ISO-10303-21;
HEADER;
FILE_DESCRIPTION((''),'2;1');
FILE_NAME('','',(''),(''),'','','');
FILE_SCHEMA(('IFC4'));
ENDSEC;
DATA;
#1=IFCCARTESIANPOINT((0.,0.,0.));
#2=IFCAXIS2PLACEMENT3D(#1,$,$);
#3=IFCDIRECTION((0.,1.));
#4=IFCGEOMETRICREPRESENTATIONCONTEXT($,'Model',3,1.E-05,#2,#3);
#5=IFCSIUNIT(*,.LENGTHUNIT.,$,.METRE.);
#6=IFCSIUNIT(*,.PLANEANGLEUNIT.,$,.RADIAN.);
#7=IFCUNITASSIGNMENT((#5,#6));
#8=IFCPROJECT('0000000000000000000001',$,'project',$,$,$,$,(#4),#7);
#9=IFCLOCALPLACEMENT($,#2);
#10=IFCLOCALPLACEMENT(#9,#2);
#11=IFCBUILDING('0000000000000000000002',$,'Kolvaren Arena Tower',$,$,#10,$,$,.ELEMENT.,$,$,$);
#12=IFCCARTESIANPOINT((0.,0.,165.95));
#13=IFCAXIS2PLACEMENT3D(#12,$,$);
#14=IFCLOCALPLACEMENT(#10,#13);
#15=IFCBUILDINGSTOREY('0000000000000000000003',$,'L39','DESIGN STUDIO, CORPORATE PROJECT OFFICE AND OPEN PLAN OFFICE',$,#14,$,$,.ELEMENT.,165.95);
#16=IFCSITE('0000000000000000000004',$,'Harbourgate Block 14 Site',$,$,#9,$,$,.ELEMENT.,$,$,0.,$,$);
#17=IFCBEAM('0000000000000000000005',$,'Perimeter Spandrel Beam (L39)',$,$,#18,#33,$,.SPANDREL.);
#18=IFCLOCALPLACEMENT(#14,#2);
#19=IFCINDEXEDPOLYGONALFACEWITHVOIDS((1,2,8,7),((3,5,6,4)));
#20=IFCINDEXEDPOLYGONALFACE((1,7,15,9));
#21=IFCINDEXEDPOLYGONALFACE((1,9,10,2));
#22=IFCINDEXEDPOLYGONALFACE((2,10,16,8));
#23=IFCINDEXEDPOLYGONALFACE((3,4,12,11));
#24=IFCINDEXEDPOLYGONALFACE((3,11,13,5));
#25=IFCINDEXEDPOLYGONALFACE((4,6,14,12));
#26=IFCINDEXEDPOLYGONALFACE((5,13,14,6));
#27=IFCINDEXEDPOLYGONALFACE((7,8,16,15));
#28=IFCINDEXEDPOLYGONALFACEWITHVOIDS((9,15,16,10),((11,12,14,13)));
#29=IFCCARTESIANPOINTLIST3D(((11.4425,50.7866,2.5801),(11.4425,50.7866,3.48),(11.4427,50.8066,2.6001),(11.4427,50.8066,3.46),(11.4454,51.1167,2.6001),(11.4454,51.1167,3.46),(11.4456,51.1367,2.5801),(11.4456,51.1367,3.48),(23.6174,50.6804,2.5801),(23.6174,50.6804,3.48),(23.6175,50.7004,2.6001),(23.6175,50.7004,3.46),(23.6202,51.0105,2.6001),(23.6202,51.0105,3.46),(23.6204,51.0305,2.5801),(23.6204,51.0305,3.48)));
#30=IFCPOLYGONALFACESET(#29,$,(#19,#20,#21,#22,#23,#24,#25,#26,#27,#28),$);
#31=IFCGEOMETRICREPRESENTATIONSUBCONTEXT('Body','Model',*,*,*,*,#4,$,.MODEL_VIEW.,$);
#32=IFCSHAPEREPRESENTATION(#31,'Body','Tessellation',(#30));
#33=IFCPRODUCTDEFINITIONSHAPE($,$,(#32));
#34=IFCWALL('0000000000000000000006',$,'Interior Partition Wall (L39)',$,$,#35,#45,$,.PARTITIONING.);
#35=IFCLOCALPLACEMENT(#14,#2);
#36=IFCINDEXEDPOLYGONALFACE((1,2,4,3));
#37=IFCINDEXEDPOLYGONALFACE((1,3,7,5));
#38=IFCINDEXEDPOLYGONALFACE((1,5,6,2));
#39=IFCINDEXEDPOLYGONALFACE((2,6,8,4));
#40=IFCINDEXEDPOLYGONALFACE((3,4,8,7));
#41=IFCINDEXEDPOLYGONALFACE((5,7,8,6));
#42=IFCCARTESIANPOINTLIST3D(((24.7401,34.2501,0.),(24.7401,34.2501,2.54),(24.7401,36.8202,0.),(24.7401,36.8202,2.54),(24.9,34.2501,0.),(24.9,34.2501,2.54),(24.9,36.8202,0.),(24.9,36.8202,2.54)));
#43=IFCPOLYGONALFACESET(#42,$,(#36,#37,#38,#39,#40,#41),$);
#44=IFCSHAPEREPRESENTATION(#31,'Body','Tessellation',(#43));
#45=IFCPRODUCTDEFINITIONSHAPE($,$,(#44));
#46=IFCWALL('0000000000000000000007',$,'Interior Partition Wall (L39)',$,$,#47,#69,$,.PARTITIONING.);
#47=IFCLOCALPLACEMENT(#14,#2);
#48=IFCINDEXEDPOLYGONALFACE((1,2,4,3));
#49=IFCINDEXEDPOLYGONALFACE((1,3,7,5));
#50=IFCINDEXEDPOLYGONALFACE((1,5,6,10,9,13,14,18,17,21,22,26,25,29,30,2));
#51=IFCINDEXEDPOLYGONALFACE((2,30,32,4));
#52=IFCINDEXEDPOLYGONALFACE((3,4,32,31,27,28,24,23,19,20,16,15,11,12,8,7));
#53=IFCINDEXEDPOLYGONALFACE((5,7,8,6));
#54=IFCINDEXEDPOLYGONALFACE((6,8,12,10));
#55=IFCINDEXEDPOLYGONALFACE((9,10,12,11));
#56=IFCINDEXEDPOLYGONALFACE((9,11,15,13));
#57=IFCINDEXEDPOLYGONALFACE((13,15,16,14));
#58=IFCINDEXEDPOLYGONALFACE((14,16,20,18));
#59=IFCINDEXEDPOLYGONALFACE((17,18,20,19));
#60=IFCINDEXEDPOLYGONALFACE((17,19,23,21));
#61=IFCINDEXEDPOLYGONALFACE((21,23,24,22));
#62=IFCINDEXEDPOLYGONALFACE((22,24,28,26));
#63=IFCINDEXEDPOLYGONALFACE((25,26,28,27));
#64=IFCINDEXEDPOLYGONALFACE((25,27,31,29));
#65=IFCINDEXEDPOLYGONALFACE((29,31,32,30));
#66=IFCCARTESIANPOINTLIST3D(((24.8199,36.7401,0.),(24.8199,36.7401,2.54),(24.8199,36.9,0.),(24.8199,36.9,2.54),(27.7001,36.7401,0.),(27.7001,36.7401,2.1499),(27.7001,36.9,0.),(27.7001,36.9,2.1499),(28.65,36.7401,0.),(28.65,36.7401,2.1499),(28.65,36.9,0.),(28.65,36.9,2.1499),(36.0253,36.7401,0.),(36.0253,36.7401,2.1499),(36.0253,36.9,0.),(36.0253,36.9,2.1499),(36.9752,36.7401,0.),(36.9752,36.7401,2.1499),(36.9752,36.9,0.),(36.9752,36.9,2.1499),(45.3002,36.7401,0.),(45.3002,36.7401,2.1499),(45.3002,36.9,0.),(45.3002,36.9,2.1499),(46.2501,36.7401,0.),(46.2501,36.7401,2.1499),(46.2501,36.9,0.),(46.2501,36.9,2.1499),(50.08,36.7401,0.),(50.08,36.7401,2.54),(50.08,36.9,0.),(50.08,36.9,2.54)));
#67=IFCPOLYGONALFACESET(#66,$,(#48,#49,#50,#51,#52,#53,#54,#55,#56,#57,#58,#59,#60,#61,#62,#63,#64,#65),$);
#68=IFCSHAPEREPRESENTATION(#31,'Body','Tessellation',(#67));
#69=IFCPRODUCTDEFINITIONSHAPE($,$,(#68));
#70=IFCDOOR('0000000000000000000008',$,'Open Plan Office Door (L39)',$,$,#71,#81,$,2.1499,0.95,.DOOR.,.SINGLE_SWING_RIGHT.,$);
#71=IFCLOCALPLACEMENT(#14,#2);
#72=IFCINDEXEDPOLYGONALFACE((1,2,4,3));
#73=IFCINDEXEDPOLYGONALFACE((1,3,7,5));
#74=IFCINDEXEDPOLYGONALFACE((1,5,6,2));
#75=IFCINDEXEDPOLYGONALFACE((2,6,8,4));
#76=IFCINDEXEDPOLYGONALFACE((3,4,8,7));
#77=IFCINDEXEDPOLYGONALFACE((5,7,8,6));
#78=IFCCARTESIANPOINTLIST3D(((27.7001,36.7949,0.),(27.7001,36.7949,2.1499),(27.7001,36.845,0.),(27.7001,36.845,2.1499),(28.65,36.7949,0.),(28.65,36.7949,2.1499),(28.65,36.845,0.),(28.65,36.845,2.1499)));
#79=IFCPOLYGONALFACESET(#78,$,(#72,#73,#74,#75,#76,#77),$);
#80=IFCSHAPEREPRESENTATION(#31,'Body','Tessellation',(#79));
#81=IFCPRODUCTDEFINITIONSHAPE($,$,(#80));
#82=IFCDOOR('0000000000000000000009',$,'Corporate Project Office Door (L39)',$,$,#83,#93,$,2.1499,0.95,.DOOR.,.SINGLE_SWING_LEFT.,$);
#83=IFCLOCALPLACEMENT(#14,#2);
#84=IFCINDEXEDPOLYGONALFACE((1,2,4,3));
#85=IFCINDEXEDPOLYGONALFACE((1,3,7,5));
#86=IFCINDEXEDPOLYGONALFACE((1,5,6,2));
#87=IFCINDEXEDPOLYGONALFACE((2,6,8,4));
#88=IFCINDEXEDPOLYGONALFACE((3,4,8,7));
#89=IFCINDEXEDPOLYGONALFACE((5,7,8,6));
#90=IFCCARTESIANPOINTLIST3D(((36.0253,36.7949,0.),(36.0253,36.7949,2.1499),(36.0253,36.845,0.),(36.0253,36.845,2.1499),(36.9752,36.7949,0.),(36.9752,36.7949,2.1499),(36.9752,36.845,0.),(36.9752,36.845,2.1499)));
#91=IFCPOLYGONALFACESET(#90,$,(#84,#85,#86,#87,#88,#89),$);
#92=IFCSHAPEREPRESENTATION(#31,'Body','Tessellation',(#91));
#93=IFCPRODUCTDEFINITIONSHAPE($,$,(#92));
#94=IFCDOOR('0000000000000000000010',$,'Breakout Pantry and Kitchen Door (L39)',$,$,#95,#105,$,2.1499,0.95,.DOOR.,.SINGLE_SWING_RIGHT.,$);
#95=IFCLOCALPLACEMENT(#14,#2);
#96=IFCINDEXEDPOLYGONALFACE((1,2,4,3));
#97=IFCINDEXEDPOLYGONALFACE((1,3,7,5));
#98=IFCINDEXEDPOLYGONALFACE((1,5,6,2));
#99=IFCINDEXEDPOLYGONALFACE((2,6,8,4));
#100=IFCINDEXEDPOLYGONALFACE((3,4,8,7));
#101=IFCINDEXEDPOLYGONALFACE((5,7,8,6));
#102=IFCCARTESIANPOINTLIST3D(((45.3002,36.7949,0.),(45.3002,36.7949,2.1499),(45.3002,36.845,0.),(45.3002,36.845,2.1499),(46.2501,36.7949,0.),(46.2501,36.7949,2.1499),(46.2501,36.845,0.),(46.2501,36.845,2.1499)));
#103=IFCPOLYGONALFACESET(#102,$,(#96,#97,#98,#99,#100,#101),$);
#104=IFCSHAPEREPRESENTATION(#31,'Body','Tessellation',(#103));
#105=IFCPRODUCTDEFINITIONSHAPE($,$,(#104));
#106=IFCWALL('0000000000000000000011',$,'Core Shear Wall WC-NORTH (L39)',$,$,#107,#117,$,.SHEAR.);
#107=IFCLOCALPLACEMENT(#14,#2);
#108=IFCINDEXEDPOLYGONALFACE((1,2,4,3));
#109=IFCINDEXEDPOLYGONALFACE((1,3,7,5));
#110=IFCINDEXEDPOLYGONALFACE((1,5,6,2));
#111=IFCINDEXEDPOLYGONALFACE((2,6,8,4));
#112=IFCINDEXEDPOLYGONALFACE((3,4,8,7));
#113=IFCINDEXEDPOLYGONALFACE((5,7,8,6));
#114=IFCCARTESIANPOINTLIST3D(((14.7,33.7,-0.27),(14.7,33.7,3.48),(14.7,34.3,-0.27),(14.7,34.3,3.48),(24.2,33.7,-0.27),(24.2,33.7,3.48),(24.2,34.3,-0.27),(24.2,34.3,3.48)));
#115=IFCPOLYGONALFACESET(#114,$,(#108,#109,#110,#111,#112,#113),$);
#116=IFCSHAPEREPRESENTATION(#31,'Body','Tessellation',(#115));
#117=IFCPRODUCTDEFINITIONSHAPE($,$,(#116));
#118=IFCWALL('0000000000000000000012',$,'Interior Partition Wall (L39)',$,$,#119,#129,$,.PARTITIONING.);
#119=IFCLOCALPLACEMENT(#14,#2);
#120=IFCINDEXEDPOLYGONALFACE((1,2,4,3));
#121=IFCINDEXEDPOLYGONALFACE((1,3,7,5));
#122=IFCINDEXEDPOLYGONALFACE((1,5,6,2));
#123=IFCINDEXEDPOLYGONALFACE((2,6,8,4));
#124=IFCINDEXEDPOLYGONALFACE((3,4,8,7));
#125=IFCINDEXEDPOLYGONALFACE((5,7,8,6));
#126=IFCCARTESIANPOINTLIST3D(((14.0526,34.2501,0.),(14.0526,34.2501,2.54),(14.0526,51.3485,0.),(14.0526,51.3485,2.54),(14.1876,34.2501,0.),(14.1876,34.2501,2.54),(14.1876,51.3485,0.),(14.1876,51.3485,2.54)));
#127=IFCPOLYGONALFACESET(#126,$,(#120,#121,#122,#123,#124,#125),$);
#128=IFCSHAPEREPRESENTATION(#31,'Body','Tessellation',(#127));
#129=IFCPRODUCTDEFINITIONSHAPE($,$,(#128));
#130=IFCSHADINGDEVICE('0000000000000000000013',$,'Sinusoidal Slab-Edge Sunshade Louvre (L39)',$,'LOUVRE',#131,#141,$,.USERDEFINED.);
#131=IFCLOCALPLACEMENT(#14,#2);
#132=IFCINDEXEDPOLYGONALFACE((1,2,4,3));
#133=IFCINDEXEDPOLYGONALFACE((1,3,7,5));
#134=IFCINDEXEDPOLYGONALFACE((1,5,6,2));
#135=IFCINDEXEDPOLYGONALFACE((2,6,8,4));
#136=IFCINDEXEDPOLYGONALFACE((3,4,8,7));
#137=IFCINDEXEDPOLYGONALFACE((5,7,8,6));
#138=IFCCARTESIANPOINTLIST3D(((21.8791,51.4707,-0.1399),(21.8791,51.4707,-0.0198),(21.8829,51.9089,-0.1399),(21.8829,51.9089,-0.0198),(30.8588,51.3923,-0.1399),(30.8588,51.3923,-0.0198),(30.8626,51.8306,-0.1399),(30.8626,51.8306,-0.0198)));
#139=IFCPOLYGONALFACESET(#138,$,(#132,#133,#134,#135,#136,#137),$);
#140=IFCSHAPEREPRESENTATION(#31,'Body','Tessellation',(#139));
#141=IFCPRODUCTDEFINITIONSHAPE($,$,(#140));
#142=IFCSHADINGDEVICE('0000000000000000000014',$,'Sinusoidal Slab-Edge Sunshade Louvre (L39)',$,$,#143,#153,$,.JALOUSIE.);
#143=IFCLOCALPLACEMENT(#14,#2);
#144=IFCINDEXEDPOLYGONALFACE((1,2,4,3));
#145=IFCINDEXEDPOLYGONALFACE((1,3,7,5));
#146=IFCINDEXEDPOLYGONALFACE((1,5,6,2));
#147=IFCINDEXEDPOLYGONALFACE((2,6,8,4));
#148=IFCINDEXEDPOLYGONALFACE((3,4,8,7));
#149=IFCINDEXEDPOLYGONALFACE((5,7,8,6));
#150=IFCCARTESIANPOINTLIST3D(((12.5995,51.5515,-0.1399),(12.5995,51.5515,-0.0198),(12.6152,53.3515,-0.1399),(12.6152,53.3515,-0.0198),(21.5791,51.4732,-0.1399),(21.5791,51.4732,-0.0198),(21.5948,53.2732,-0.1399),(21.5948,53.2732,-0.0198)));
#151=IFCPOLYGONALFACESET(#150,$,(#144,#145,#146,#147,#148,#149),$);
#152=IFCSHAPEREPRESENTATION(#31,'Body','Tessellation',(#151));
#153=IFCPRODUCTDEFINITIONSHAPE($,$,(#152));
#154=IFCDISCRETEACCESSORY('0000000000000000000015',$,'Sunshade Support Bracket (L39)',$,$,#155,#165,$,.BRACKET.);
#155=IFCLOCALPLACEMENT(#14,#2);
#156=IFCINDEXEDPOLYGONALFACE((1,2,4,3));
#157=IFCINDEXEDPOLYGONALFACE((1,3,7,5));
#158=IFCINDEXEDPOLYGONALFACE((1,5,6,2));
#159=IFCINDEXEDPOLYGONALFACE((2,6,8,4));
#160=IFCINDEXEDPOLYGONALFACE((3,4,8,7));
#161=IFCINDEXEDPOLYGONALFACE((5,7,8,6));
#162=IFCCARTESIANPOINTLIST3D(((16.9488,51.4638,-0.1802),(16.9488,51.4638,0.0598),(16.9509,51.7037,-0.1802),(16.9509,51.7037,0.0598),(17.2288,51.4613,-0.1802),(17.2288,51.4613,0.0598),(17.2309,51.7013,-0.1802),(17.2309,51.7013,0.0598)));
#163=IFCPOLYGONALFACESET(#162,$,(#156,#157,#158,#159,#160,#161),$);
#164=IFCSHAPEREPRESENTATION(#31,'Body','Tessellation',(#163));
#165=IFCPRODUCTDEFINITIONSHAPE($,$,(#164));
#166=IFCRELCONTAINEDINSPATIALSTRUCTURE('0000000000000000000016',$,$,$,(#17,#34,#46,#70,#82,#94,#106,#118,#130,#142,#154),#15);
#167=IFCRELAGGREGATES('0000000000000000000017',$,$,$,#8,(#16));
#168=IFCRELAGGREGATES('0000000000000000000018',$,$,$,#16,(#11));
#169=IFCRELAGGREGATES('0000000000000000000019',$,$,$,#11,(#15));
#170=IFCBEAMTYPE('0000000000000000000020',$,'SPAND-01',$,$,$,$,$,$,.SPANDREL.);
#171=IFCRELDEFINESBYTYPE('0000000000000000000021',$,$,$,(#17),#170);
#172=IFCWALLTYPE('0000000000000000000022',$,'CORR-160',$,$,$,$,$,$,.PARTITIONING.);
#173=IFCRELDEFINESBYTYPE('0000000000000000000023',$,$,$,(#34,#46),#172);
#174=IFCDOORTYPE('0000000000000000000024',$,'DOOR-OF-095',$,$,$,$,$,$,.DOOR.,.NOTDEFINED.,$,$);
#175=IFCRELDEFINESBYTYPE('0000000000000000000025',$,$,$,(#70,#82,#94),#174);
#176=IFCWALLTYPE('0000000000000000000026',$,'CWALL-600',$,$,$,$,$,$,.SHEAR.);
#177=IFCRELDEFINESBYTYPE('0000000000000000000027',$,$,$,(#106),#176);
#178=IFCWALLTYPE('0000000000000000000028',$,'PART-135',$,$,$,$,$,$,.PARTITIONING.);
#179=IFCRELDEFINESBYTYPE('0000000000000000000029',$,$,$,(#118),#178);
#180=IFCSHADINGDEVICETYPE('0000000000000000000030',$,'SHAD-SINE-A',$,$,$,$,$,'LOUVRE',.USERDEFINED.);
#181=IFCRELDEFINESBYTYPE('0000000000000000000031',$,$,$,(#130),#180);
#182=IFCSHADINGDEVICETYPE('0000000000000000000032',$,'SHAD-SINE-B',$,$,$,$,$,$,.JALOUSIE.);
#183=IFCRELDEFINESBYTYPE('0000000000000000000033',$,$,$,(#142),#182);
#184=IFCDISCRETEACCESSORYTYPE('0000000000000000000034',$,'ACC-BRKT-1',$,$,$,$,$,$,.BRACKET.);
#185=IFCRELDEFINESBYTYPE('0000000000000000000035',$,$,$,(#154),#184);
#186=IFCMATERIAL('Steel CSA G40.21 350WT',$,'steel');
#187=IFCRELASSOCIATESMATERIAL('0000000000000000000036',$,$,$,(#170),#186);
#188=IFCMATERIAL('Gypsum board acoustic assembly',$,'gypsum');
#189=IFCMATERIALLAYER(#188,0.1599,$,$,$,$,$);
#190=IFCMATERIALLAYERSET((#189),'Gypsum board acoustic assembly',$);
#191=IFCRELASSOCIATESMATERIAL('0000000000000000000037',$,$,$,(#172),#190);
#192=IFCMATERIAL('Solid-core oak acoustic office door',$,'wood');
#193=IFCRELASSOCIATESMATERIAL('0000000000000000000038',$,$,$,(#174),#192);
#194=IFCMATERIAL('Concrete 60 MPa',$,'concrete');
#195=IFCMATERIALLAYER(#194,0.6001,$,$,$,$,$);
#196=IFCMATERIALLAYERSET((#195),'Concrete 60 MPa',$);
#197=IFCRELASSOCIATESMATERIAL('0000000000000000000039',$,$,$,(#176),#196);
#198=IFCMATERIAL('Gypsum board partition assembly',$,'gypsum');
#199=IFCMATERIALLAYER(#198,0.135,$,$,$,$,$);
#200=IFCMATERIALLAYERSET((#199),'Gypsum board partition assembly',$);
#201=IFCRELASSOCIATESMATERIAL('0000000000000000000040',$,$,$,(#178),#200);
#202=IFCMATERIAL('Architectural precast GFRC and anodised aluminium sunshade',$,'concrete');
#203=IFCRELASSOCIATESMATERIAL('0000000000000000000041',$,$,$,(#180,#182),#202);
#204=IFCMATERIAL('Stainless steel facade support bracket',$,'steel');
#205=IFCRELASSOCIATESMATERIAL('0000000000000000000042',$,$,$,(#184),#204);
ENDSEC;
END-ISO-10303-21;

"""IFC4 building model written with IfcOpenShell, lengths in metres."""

from ifc_helpers import new_model, si_unit, direction, frame, frame_2d, origin, origin_2d, place, context, subcontext, project, spatial, rectangle, hollow_rectangle, extrude, material, layer, layer_set, material_profile, profile_set, type_object, element, fill, save


model = new_model("IFC4")

# Units and contexts
model_context = context("Model", 3, precision=1e-05, world=origin(), true_north=direction((0.0, 1.0)))
body_context = subcontext(model_context, "Body", "Model", "MODEL_VIEW")
ifc_project = project(units=[si_unit("LENGTHUNIT", "METRE"), si_unit("PLANEANGLEUNIT", "RADIAN")], contexts=[model_context])

# Site, building, storey
site_placement = place(None, origin())
site = spatial("IfcSite", under=ifc_project, at=site_placement, Name="Harbourgate Block 14 Site", CompositionType="ELEMENT", RefElevation=0.0)
building_placement = place(site_placement, origin())
building = spatial("IfcBuilding", under=site, at=building_placement, Name="Kolvaren Arena Tower", CompositionType="ELEMENT")
storey_placement = place(building_placement, frame((0.0, 0.0, 165.95)))
storey = spatial("IfcBuildingStorey", under=building, at=storey_placement, Name="L39", Description="DESIGN STUDIO, CORPORATE PROJECT OFFICE AND OPEN PLAN OFFICE", CompositionType="ELEMENT", Elevation=165.95)

# Beam
ifc_material_1 = material(Name="Steel CSA G40.21 350WT", Category="steel")
ifc_material_profile_1 = material_profile(ifc_material_1, hollow_rectangle(XDim=0.3501, YDim=0.8999, WallThickness=0.02, at=origin_2d()), Name="HSS 900x350x20")
ifc_profile_set_1 = profile_set([ifc_material_profile_1], Name="Steel CSA G40.21 350WT")
beam_type_1 = type_object("IfcBeamType", Name="SPAND-01", PredefinedType="SPANDREL", material=ifc_profile_set_1)
beam_1_placement = place(storey_placement, frame((23.6189, 50.8555, 3.03), z_axis=(-0.999962, 0.008723, 0.0), x_axis=(-0.008723, -0.999962, 0.0)))
element("IfcBeam", 1, at=beam_1_placement, inside=storey, type_object=beam_type_1, Name="Perimeter Spandrel Beam (L39)", PredefinedType="SPANDREL", context=body_context, shape_type="SweptSolid", body=[
    extrude(hollow_rectangle(XDim=0.3501, YDim=0.8999, WallThickness=0.02, at=origin_2d()), origin(), (0.0, 0.0, 1.0), 12.1753),
])

# Wall
ifc_material_2 = material(Name="Gypsum board acoustic assembly", Category="gypsum")
ifc_layer_1 = layer(ifc_material_2, 0.1599)
ifc_layer_set_1 = layer_set([ifc_layer_1], Name="Gypsum board acoustic assembly")
wall_type_1 = type_object("IfcWallType", Name="CORR-160", PredefinedType="PARTITIONING", material=ifc_layer_set_1)
wall_1_placement = place(storey_placement, frame((24.8201, 34.25, 0.0), z_axis=(0.0, 0.0, 1.0), x_axis=(0.0, 1.0, 0.0)))
element("IfcWall", 2, at=wall_1_placement, inside=storey, type_object=wall_type_1, Name="Interior Partition Wall (L39)", PredefinedType="PARTITIONING", context=body_context, shape_type="SweptSolid", body=[
    extrude(rectangle(XDim=2.5701, YDim=0.1599, at=frame_2d((1.2852, 0.0))), origin(), (0.0, 0.0, 1.0), 2.54),
])

# Wall, openings, doors
wall_2_placement = place(storey_placement, frame((24.8201, 36.8201, 0.0), z_axis=(0.0, 0.0, 1.0), x_axis=(1.0, 0.0, 0.0)))
wall_2 = element("IfcWall", 3, at=wall_2_placement, inside=storey, type_object=wall_type_1, Name="Interior Partition Wall (L39)", PredefinedType="PARTITIONING", context=body_context, shape_type="SweptSolid", body=[
    extrude(rectangle(XDim=25.26, YDim=0.1599, at=frame_2d((12.6299, 0.0))), origin(), (0.0, 0.0, 1.0), 2.54),
])
opening_1_placement = place(wall_2_placement, frame((2.8799, 0.0, 0.0)))
opening_1 = element("IfcOpeningElement", 4, at=opening_1_placement, cuts=wall_2, PredefinedType="OPENING", context=body_context, shape_type="SweptSolid", body=[
    extrude(rectangle(XDim=0.95, YDim=2.1499, at=frame_2d((0.4751, 1.075))), frame((0.0, 0.0898, 0.0), z_axis=(0.0, -1.0, 0.0), x_axis=(1.0, 0.0, 0.0)), (0.0, 0.0, 1.0), 0.1799),
])
opening_2_placement = place(wall_2_placement, frame((11.2051, 0.0, 0.0)))
opening_2 = element("IfcOpeningElement", 5, at=opening_2_placement, cuts=wall_2, PredefinedType="OPENING", context=body_context, shape_type="SweptSolid", body=[
    extrude(rectangle(XDim=0.95, YDim=2.1499, at=frame_2d((0.4751, 1.075))), frame((0.0, 0.0898, 0.0), z_axis=(0.0, -1.0, 0.0), x_axis=(1.0, 0.0, 0.0)), (0.0, 0.0, 1.0), 0.1799),
])
opening_3_placement = place(wall_2_placement, frame((20.48, 0.0, 0.0)))
opening_3 = element("IfcOpeningElement", 6, at=opening_3_placement, cuts=wall_2, PredefinedType="OPENING", context=body_context, shape_type="SweptSolid", body=[
    extrude(rectangle(XDim=0.95, YDim=2.1499, at=frame_2d((0.4751, 1.075))), frame((0.0, 0.0898, 0.0), z_axis=(0.0, -1.0, 0.0), x_axis=(1.0, 0.0, 0.0)), (0.0, 0.0, 1.0), 0.1799),
])
ifc_material_3 = material(Name="Solid-core oak acoustic office door", Category="wood")
door_type = type_object("IfcDoorType", Name="DOOR-OF-095", OperationType="NOTDEFINED", PredefinedType="DOOR", material=ifc_material_3)
door_1_placement = place(opening_1_placement, origin())
door_1 = element("IfcDoor", 7, at=door_1_placement, inside=storey, type_object=door_type, Name="Open Plan Office Door (L39)", OperationType="SINGLE_SWING_RIGHT", OverallHeight=2.1499, OverallWidth=0.95, PredefinedType="DOOR", context=body_context, shape_type="SweptSolid", body=[
    extrude(rectangle(XDim=0.95, YDim=2.1499, at=frame_2d((0.4751, 1.075))), frame((0.0, 0.0249, 0.0), z_axis=(0.0, -1.0, 0.0), x_axis=(1.0, 0.0, 0.0)), (0.0, 0.0, 1.0), 0.05),
])
fill(opening_1, door_1)
door_2_placement = place(opening_2_placement, origin())
door_2 = element("IfcDoor", 8, at=door_2_placement, inside=storey, type_object=door_type, Name="Corporate Project Office Door (L39)", OperationType="SINGLE_SWING_LEFT", OverallHeight=2.1499, OverallWidth=0.95, PredefinedType="DOOR", context=body_context, shape_type="SweptSolid", body=[
    extrude(rectangle(XDim=0.95, YDim=2.1499, at=frame_2d((0.4751, 1.075))), frame((0.0, 0.0249, 0.0), z_axis=(0.0, -1.0, 0.0), x_axis=(1.0, 0.0, 0.0)), (0.0, 0.0, 1.0), 0.05),
])
fill(opening_2, door_2)
door_3_placement = place(opening_3_placement, origin())
door_3 = element("IfcDoor", 9, at=door_3_placement, inside=storey, type_object=door_type, Name="Breakout Pantry and Kitchen Door (L39)", OperationType="SINGLE_SWING_RIGHT", OverallHeight=2.1499, OverallWidth=0.95, PredefinedType="DOOR", context=body_context, shape_type="SweptSolid", body=[
    extrude(rectangle(XDim=0.95, YDim=2.1499, at=frame_2d((0.4751, 1.075))), frame((0.0, 0.0249, 0.0), z_axis=(0.0, -1.0, 0.0), x_axis=(1.0, 0.0, 0.0)), (0.0, 0.0, 1.0), 0.05),
])
fill(opening_3, door_3)

# Walls
ifc_material_4 = material(Name="Concrete 60 MPa", Category="concrete")
ifc_layer_2 = layer(ifc_material_4, 0.6001)
ifc_layer_set_2 = layer_set([ifc_layer_2], Name="Concrete 60 MPa")
wall_type_2 = type_object("IfcWallType", Name="CWALL-600", PredefinedType="SHEAR", material=ifc_layer_set_2)
wall_3_placement = place(storey_placement, frame((14.7, 34.0, -0.27), z_axis=(0.0, 0.0, 1.0), x_axis=(1.0, 0.0, 0.0)))
element("IfcWall", 10, at=wall_3_placement, inside=storey, type_object=wall_type_2, Name="Core Shear Wall WC-NORTH (L39)", PredefinedType="SHEAR", context=body_context, shape_type="SweptSolid", body=[
    extrude(rectangle(XDim=9.5, YDim=0.6001, at=frame_2d((4.75, 0.0))), origin(), (0.0, 0.0, 1.0), 3.75),
])
ifc_material_5 = material(Name="Gypsum board partition assembly", Category="gypsum")
ifc_layer_3 = layer(ifc_material_5, 0.135)
ifc_layer_set_3 = layer_set([ifc_layer_3], Name="Gypsum board partition assembly")
wall_type_3 = type_object("IfcWallType", Name="PART-135", PredefinedType="PARTITIONING", material=ifc_layer_set_3)
wall_4_placement = place(storey_placement, frame((14.1201, 34.25, 0.0), z_axis=(0.0, 0.0, 1.0), x_axis=(0.0, 1.0, 0.0)))
element("IfcWall", 11, at=wall_4_placement, inside=storey, type_object=wall_type_3, Name="Interior Partition Wall (L39)", PredefinedType="PARTITIONING", context=body_context, shape_type="SweptSolid", body=[
    extrude(rectangle(XDim=17.0984, YDim=0.135, at=frame_2d((8.5493, 0.0))), origin(), (0.0, 0.0, 1.0), 2.54),
])

# Shading devices
ifc_material_6 = material(Name="Architectural precast GFRC and anodised aluminium sunshade", Category="concrete")
shading_device_type_1 = type_object("IfcShadingDeviceType", Name="SHAD-SINE-A", ElementType="LOUVRE", PredefinedType="USERDEFINED", material=ifc_material_6)
shading_device_1_placement = place(storey_placement, frame((26.3708, 51.6506, -0.1399), z_axis=(0.0, 0.0, 1.0), x_axis=(0.999962, -0.008727, 0.0)))
element("IfcShadingDevice", 12, at=shading_device_1_placement, inside=storey, type_object=shading_device_type_1, Name="Sinusoidal Slab-Edge Sunshade Louvre (L39)", ObjectType="LOUVRE", PredefinedType="USERDEFINED", context=body_context, shape_type="SweptSolid", body=[
    extrude(rectangle(XDim=8.98, YDim=0.4382, at=origin_2d()), origin(), (0.0, 0.0, 1.0), 0.1201),
])
shading_device_type_2 = type_object("IfcShadingDeviceType", Name="SHAD-SINE-B", PredefinedType="JALOUSIE", material=ifc_material_6)
shading_device_2_placement = place(storey_placement, frame((17.0972, 52.4124, -0.1399), z_axis=(0.0, 0.0, 1.0), x_axis=(0.999962, -0.008727, 0.0)))
element("IfcShadingDevice", 13, at=shading_device_2_placement, inside=storey, type_object=shading_device_type_2, Name="Sinusoidal Slab-Edge Sunshade Louvre (L39)", PredefinedType="JALOUSIE", context=body_context, shape_type="SweptSolid", body=[
    extrude(rectangle(XDim=8.98, YDim=1.8, at=origin_2d()), origin(), (0.0, 0.0, 1.0), 0.1201),
])

# Discrete accessory
ifc_material_7 = material(Name="Stainless steel facade support bracket", Category="steel")
discrete_accessory_type = type_object("IfcDiscreteAccessoryType", Name="ACC-BRKT-1", PredefinedType="BRACKET", material=ifc_material_7)
for number, where, z_axis, x_axis, name in (
    (14, (17.0898, 51.5825, -0.1802), (0.0, 0.0, 1.0), (0.999962, -0.008727, 0.0), "Sunshade Support Bracket (L39)"),
):
    element("IfcDiscreteAccessory", number, at=place(storey_placement, frame(where, z_axis=z_axis, x_axis=x_axis)), inside=storey, type_object=discrete_accessory_type, Name=name, PredefinedType="BRACKET", context=body_context, shape_type="SweptSolid", body=[
        extrude(rectangle(XDim=0.28, YDim=0.24, at=origin_2d()), origin(), (0.0, 0.0, 1.0), 0.24),
    ])

save(model, "model.ifc")
